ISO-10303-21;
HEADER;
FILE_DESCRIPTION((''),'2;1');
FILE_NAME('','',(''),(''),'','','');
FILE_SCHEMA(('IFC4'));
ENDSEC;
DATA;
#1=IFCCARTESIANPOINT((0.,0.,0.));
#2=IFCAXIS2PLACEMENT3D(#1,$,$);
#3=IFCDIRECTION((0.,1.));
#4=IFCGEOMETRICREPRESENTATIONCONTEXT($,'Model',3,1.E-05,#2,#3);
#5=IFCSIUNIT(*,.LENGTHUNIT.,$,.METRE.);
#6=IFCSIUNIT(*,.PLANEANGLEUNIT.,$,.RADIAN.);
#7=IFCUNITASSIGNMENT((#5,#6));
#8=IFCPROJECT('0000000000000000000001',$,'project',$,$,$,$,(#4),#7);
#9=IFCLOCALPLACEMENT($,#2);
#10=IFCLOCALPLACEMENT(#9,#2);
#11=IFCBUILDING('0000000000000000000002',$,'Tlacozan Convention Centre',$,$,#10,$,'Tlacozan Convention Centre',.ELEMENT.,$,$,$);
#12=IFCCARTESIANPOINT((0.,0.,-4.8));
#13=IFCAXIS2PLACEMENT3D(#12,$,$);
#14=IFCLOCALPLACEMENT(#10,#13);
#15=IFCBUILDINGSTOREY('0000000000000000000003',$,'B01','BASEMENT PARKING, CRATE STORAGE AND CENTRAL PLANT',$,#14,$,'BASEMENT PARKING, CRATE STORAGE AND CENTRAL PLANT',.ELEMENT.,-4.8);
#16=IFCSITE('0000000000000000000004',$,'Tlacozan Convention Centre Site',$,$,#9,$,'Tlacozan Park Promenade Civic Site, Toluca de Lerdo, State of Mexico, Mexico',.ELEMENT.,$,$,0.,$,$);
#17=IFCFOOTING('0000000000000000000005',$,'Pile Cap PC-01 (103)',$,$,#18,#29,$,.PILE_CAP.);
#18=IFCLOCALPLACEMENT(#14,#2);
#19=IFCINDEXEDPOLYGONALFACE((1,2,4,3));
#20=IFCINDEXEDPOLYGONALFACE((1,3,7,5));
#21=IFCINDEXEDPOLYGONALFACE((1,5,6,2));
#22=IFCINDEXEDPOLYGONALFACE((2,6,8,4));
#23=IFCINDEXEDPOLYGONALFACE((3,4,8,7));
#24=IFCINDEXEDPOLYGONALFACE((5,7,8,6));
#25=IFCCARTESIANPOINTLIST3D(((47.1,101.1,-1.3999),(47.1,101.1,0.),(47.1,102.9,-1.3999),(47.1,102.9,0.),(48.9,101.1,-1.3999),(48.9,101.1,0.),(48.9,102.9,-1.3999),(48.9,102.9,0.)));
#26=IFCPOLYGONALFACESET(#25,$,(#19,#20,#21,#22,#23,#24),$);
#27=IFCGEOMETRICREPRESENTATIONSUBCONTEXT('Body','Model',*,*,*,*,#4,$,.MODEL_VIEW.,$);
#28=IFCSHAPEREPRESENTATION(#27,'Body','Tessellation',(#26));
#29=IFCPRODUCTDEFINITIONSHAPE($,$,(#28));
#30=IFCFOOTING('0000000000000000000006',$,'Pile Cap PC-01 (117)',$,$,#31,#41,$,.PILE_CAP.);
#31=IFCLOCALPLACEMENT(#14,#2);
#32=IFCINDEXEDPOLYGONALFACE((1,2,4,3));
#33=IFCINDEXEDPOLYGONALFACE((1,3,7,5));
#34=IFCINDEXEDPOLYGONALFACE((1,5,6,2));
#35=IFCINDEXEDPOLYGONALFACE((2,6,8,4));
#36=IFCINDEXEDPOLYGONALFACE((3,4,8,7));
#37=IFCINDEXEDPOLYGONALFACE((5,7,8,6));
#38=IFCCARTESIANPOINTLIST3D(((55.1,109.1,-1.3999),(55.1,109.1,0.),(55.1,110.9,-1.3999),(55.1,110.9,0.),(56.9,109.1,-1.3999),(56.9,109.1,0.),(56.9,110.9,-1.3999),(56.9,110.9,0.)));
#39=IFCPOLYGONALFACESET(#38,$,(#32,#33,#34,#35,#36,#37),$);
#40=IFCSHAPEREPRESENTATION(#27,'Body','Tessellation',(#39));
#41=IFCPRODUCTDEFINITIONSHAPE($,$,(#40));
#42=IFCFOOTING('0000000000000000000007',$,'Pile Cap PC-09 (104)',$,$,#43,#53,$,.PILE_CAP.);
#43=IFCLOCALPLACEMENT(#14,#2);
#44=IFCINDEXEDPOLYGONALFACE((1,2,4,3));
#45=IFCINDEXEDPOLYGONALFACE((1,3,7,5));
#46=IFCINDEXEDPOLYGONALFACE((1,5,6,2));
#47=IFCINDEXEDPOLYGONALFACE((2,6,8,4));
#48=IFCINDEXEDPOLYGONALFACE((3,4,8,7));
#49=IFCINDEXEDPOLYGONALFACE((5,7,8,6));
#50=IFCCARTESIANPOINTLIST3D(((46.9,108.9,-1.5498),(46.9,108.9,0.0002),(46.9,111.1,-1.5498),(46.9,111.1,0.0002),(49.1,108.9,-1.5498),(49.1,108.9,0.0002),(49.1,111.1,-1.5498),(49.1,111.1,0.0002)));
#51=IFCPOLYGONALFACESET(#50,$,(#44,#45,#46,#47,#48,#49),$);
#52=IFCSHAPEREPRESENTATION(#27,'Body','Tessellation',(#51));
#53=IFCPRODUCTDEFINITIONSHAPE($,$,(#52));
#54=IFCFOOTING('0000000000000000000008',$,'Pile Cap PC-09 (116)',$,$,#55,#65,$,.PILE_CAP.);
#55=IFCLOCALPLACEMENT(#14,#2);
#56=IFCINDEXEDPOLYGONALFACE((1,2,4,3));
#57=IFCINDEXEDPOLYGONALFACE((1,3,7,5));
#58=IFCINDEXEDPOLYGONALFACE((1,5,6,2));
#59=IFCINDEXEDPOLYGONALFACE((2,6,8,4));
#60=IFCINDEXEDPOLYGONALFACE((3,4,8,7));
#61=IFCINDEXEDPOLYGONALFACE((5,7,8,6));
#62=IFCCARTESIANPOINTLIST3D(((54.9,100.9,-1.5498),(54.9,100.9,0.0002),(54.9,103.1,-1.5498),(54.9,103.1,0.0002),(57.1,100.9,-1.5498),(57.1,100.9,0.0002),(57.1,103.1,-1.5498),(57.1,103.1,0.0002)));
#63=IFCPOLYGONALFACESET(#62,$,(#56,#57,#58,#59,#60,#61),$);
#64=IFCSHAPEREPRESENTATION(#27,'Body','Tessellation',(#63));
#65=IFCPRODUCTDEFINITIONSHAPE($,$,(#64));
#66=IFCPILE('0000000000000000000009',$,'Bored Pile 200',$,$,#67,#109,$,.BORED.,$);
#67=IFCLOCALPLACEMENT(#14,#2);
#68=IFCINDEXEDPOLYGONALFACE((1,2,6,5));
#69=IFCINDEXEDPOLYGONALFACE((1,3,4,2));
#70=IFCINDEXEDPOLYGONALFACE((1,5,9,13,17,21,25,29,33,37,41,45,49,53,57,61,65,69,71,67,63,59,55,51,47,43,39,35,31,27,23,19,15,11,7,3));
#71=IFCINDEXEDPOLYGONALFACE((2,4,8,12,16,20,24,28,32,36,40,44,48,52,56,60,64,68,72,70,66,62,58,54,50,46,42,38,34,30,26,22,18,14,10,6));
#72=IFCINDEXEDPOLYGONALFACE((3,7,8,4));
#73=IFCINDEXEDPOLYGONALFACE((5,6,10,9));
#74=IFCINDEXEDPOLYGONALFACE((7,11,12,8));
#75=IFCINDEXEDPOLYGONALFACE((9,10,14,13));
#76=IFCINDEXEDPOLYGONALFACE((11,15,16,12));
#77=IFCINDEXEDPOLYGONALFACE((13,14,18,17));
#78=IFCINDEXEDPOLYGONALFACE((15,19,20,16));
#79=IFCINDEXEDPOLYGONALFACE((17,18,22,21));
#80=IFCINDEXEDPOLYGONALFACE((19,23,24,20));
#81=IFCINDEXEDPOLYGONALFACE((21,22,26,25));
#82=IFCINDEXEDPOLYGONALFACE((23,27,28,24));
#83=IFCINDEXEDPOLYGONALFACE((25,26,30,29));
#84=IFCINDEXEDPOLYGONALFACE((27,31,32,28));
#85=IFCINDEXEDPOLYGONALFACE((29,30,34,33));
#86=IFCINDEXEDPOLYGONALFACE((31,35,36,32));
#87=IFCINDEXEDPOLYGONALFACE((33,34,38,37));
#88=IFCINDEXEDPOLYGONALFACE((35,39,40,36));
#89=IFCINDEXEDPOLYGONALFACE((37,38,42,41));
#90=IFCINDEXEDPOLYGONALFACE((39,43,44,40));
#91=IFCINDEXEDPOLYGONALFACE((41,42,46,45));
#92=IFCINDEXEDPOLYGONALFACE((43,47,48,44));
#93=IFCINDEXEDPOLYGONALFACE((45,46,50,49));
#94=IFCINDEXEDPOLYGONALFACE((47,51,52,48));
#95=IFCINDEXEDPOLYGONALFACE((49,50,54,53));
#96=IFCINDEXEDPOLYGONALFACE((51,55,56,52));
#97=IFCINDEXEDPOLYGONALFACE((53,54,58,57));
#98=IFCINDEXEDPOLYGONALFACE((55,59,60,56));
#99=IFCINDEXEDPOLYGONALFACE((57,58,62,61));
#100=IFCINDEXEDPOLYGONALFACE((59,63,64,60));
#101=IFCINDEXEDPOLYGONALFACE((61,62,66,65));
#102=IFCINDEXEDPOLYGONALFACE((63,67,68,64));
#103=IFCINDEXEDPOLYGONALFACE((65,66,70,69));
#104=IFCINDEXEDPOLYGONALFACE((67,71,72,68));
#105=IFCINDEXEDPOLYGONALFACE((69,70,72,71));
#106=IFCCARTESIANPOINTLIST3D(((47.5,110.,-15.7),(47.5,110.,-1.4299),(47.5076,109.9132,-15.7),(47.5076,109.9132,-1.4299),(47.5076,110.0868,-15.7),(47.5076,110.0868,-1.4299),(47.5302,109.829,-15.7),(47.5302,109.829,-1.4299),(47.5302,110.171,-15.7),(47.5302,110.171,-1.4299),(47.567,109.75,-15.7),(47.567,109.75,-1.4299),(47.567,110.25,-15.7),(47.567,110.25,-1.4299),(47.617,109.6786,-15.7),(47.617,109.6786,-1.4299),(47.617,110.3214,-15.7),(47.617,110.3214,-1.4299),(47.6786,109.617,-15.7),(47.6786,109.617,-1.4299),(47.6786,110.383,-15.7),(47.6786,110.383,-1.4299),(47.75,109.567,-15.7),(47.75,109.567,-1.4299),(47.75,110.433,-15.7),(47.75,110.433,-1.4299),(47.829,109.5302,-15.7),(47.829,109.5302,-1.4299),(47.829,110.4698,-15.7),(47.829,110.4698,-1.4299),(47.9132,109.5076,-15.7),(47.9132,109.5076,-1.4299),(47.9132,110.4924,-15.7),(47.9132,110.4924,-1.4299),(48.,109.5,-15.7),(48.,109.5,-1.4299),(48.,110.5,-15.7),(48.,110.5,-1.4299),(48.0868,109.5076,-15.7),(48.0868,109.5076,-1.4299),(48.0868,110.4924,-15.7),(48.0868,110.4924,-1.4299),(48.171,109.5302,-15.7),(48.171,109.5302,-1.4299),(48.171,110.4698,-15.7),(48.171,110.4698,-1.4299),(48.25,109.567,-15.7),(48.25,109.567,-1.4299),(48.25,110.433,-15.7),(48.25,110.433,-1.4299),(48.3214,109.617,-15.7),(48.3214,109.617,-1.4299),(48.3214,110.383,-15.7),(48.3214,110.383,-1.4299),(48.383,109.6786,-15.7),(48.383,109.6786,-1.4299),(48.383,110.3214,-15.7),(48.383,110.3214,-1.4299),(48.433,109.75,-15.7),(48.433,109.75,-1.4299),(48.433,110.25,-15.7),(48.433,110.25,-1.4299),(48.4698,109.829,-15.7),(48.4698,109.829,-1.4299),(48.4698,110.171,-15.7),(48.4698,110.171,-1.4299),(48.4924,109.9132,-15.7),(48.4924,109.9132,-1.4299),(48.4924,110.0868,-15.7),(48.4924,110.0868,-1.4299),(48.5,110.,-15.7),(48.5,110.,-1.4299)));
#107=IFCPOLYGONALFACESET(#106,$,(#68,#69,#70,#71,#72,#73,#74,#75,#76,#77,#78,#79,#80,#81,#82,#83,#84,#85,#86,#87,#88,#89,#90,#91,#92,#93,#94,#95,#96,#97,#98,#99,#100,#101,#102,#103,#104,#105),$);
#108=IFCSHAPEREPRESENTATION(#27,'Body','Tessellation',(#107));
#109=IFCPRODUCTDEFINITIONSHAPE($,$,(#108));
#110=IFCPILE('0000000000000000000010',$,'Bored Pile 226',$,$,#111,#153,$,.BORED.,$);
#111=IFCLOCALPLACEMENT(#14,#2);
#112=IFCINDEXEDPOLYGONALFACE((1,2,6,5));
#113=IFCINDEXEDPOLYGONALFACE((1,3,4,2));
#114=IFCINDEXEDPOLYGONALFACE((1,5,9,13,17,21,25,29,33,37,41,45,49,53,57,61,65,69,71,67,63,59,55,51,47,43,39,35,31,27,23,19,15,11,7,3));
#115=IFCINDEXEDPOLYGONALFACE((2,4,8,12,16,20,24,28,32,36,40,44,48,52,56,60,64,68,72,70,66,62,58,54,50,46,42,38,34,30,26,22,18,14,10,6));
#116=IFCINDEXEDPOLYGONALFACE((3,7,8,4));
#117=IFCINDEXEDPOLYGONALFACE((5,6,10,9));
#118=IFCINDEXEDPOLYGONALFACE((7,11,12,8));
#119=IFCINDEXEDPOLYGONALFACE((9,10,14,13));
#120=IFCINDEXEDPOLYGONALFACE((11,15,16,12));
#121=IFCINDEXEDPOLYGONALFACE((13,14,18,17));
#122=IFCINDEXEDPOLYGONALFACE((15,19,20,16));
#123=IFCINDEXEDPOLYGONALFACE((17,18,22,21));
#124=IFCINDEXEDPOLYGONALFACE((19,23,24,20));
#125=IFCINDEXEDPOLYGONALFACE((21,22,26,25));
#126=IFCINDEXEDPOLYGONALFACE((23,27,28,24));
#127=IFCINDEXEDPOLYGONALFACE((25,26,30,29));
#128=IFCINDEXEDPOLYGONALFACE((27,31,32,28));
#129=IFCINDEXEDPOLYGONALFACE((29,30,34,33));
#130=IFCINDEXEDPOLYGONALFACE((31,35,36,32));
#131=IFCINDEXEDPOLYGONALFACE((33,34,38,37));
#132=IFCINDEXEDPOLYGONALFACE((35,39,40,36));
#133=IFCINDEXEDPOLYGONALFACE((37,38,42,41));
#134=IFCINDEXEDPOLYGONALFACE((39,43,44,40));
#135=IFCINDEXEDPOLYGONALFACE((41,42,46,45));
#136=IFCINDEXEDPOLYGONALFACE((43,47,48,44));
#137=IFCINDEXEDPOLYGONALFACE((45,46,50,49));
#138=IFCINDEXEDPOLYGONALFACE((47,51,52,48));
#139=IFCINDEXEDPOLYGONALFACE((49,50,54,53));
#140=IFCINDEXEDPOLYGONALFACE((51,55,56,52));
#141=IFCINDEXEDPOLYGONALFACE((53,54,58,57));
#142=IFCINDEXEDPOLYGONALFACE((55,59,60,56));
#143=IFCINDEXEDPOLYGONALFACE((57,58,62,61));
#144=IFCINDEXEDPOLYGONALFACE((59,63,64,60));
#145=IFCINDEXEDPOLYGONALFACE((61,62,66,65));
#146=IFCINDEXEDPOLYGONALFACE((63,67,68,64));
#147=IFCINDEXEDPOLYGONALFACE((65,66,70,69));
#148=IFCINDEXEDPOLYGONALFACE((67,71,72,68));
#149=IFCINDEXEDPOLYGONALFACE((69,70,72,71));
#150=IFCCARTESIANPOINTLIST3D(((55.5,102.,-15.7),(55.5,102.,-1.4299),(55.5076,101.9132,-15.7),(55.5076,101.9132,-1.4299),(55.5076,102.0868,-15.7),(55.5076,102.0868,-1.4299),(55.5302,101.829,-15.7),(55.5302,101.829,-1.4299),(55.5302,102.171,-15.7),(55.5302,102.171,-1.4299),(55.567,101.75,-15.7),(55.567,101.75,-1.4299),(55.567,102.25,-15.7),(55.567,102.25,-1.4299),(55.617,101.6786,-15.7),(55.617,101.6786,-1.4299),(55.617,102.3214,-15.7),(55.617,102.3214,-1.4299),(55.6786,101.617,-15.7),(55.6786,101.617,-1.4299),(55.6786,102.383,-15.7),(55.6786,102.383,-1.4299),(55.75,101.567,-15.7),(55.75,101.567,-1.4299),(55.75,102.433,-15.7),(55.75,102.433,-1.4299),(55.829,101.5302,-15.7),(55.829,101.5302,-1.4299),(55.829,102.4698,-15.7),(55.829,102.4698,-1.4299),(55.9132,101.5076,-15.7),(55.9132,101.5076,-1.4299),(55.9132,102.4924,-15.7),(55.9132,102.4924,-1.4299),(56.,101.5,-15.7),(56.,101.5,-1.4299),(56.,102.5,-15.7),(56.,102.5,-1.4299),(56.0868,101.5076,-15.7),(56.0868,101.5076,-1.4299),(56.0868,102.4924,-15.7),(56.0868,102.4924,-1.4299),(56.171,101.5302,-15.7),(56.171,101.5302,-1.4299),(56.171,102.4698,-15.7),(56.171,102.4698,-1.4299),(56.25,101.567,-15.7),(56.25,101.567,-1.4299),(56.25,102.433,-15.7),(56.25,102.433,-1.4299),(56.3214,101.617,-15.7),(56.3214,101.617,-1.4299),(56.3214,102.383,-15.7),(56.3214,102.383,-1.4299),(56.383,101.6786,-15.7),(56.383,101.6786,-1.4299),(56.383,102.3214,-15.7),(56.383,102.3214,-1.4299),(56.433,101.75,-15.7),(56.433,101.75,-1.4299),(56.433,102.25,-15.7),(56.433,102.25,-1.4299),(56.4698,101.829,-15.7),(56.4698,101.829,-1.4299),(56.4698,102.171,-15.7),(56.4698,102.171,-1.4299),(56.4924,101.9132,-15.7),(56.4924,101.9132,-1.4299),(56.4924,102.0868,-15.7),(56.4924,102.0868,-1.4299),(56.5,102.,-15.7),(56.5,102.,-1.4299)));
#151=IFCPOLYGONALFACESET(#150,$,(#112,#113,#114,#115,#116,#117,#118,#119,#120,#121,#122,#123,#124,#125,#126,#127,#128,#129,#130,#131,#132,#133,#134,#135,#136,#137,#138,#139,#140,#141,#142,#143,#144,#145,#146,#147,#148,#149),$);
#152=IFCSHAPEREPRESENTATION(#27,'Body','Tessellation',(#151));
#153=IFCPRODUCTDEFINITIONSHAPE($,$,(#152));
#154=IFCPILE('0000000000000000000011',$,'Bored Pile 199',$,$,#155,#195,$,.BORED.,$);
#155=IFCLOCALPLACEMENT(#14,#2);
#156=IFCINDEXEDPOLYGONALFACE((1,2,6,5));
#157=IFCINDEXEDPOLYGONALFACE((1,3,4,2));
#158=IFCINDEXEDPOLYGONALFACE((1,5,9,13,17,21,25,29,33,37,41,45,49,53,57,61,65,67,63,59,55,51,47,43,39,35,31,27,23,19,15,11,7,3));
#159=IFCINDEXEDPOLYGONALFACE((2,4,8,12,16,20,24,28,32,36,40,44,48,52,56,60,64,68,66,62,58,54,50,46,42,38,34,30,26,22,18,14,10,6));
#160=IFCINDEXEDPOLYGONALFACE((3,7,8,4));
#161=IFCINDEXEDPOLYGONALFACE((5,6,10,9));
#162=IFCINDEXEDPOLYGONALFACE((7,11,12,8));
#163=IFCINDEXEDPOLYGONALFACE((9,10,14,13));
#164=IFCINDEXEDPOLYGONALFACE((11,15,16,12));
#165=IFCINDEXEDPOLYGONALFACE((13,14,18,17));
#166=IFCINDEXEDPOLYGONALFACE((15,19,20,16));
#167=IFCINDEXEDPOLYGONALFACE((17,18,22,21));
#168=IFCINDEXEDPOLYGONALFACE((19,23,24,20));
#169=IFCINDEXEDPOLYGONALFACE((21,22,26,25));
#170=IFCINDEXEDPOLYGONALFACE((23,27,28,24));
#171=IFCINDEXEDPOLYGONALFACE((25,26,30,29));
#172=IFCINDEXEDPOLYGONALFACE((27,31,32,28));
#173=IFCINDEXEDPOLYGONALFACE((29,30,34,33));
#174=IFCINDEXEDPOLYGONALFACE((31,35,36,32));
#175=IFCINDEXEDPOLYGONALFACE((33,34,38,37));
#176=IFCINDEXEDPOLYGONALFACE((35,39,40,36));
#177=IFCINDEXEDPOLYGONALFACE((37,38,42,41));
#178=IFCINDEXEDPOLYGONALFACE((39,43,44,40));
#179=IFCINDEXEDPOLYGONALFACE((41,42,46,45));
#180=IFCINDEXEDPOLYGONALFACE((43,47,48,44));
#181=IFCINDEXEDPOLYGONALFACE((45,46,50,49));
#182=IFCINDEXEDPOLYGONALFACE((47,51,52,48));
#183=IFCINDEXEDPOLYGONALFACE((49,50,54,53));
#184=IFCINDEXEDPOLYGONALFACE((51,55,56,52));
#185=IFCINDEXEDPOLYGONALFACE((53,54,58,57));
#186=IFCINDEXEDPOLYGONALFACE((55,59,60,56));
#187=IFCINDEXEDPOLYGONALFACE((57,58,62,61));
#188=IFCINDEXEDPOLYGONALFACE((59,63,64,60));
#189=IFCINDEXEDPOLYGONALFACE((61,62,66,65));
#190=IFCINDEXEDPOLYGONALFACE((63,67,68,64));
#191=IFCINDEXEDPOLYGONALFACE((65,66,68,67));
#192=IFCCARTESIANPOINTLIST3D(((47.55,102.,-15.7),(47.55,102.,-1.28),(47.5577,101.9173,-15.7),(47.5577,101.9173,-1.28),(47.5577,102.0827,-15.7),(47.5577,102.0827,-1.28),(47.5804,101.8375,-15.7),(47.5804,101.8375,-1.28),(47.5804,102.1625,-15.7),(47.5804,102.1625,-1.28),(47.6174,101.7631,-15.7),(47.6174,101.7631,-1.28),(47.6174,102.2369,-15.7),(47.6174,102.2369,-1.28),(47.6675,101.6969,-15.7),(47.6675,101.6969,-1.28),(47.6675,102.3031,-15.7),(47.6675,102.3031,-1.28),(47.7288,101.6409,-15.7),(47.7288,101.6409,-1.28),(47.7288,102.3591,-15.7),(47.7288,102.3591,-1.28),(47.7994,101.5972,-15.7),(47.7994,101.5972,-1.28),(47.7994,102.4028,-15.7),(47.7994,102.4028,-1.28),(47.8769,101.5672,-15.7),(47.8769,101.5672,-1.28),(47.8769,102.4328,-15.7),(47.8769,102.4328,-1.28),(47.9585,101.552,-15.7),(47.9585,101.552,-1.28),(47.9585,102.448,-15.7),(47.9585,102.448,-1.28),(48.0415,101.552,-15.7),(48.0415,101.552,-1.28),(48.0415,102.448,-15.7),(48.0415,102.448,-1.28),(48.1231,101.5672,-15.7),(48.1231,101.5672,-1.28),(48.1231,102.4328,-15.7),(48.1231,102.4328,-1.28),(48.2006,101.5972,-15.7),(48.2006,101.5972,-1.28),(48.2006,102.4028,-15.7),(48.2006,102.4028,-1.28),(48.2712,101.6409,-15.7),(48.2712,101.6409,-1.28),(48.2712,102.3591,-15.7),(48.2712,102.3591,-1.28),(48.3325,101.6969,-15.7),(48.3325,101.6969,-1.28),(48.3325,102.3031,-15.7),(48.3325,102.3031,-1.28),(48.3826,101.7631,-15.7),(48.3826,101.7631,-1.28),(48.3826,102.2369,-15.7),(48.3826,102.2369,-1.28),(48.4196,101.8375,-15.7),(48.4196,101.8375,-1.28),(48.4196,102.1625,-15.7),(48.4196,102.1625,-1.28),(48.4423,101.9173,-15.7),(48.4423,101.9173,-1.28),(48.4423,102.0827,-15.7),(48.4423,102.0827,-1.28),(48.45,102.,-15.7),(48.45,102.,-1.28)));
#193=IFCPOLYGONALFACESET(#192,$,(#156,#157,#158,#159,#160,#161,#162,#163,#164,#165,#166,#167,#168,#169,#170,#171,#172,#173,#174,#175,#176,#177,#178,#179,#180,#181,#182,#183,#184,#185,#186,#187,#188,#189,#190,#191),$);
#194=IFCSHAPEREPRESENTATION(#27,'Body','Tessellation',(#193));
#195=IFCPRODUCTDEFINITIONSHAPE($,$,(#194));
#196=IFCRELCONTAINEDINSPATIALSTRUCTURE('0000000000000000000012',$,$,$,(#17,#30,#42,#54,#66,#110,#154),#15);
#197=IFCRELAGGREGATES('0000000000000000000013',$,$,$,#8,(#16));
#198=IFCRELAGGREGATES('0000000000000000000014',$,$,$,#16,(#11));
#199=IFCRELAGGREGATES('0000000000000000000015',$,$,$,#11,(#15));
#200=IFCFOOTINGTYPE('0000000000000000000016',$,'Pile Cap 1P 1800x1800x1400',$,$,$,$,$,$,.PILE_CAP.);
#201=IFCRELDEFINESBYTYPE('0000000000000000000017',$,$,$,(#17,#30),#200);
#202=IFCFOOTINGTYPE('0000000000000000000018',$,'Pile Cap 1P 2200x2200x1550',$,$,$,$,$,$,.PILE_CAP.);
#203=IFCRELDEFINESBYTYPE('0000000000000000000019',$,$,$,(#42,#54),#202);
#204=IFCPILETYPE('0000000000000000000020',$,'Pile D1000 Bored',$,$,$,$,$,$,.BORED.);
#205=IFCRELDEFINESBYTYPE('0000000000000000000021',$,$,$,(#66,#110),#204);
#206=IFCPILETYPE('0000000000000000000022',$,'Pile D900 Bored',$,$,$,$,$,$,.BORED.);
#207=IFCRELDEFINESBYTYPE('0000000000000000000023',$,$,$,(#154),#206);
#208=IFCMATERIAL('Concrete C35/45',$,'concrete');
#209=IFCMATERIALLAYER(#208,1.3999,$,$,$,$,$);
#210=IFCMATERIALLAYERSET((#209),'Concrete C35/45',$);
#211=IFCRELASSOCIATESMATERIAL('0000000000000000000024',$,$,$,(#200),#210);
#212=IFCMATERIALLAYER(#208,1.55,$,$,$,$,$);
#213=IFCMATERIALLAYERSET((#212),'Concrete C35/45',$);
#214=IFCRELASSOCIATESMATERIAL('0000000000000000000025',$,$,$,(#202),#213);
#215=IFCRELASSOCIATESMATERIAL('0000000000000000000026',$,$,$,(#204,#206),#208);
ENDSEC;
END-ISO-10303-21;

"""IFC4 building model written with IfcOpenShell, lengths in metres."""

from ifc_helpers import new_model, si_unit, direction, frame, origin, origin_2d, place, context, subcontext, project, spatial, rectangle, circle, extrude, material, layer, layer_set, material_profile, profile_set, type_object, element, save


model = new_model("IFC4")

# Units and contexts
model_context = context("Model", 3, precision=1e-05, world=origin(), true_north=direction((0.0, 1.0)))
body_context = subcontext(model_context, "Body", "Model", "MODEL_VIEW")
ifc_project = project(units=[si_unit("LENGTHUNIT", "METRE"), si_unit("PLANEANGLEUNIT", "RADIAN")], contexts=[model_context])

# Site, building, storey
site_placement = place(None, origin())
site = spatial("IfcSite", under=ifc_project, at=site_placement, Name="Tlacozan Convention Centre Site", LongName="Tlacozan Park Promenade Civic Site, Toluca de Lerdo, State of Mexico, Mexico", CompositionType="ELEMENT", RefElevation=0.0)
building_placement = place(site_placement, origin())
building = spatial("IfcBuilding", under=site, at=building_placement, Name="Tlacozan Convention Centre", LongName="Tlacozan Convention Centre", CompositionType="ELEMENT")
storey_placement = place(building_placement, frame((0.0, 0.0, -4.8)))
storey = spatial("IfcBuildingStorey", under=building, at=storey_placement, Name="B01", Description="BASEMENT PARKING, CRATE STORAGE AND CENTRAL PLANT", LongName="BASEMENT PARKING, CRATE STORAGE AND CENTRAL PLANT", CompositionType="ELEMENT", Elevation=-4.8)

# Footings
ifc_material_1 = material(Name="Concrete C35/45", Category="concrete")
ifc_layer_1 = layer(ifc_material_1, 1.3999)
ifc_layer_set_1 = layer_set([ifc_layer_1], Name="Concrete C35/45")
footing_type_1 = type_object("IfcFootingType", Name="Pile Cap 1P 1800x1800x1400", PredefinedType="PILE_CAP", material=ifc_layer_set_1)
for number, where, z_axis, x_axis, name in (
    (1, (48.0, 102.0, -1.3999), (0.0, 0.0, 1.0), (1.0, 0.0, 0.0), "Pile Cap PC-01 (103)"),
    (2, (56.0, 110.0, -1.3999), (0.0, 0.0, 1.0), (1.0, 0.0, 0.0), "Pile Cap PC-01 (117)"),
):
    element("IfcFooting", number, at=place(storey_placement, frame(where, z_axis=z_axis, x_axis=x_axis)), inside=storey, type_object=footing_type_1, Name=name, PredefinedType="PILE_CAP", context=body_context, shape_type="SweptSolid", body=[
        extrude(rectangle(XDim=1.8, YDim=1.8, at=origin_2d()), origin(), (0.0, 0.0, 1.0), 1.3999),
    ])
ifc_layer_2 = layer(ifc_material_1, 1.55)
ifc_layer_set_2 = layer_set([ifc_layer_2], Name="Concrete C35/45")
footing_type_2 = type_object("IfcFootingType", Name="Pile Cap 1P 2200x2200x1550", PredefinedType="PILE_CAP", material=ifc_layer_set_2)
for number, where, z_axis, x_axis, name in (
    (3, (48.0, 110.0, -1.5498), (0.0, 0.0, 1.0), (1.0, 0.0, 0.0), "Pile Cap PC-09 (104)"),
    (4, (56.0, 102.0, -1.5498), (0.0, 0.0, 1.0), (1.0, 0.0, 0.0), "Pile Cap PC-09 (116)"),
):
    element("IfcFooting", number, at=place(storey_placement, frame(where, z_axis=z_axis, x_axis=x_axis)), inside=storey, type_object=footing_type_2, Name=name, PredefinedType="PILE_CAP", context=body_context, shape_type="SweptSolid", body=[
        extrude(rectangle(XDim=2.2, YDim=2.2, at=origin_2d()), origin(), (0.0, 0.0, 1.0), 1.55),
    ])

# Piles
ifc_material_profile_1 = material_profile(ifc_material_1, circle(Radius=0.5, at=origin_2d()), Name="PILE D1000")
ifc_profile_set_1 = profile_set([ifc_material_profile_1], Name="Concrete C35/45")
pile_type_1 = type_object("IfcPileType", Name="Pile D1000 Bored", PredefinedType="BORED", material=ifc_profile_set_1)
for number, where, z_axis, x_axis, name in (
    (5, (48.0, 110.0, -1.4299), (0.0, 0.0, -1.0), (1.0, 0.0, 0.0), "Bored Pile 200"),
    (6, (56.0, 102.0, -1.4299), (0.0, 0.0, -1.0), (1.0, 0.0, 0.0), "Bored Pile 226"),
):
    element("IfcPile", number, at=place(storey_placement, frame(where, z_axis=z_axis, x_axis=x_axis)), inside=storey, type_object=pile_type_1, Name=name, PredefinedType="BORED", context=body_context, shape_type="SweptSolid", body=[
        extrude(circle(Radius=0.5, at=origin_2d()), origin(), (0.0, 0.0, 1.0), 14.27),
    ])
ifc_material_profile_2 = material_profile(ifc_material_1, circle(Radius=0.45, at=origin_2d()), Name="PILE D900")
ifc_profile_set_2 = profile_set([ifc_material_profile_2], Name="Concrete C35/45")
pile_type_2 = type_object("IfcPileType", Name="Pile D900 Bored", PredefinedType="BORED", material=ifc_profile_set_2)
for number, where, z_axis, x_axis, name in (
    (7, (48.0, 102.0, -1.28), (0.0, 0.0, -1.0), (1.0, 0.0, 0.0), "Bored Pile 199"),
):
    element("IfcPile", number, at=place(storey_placement, frame(where, z_axis=z_axis, x_axis=x_axis)), inside=storey, type_object=pile_type_2, Name=name, PredefinedType="BORED", context=body_context, shape_type="SweptSolid", body=[
        extrude(circle(Radius=0.45, at=origin_2d()), origin(), (0.0, 0.0, 1.0), 14.4199),
    ])

save(model, "model.ifc")
